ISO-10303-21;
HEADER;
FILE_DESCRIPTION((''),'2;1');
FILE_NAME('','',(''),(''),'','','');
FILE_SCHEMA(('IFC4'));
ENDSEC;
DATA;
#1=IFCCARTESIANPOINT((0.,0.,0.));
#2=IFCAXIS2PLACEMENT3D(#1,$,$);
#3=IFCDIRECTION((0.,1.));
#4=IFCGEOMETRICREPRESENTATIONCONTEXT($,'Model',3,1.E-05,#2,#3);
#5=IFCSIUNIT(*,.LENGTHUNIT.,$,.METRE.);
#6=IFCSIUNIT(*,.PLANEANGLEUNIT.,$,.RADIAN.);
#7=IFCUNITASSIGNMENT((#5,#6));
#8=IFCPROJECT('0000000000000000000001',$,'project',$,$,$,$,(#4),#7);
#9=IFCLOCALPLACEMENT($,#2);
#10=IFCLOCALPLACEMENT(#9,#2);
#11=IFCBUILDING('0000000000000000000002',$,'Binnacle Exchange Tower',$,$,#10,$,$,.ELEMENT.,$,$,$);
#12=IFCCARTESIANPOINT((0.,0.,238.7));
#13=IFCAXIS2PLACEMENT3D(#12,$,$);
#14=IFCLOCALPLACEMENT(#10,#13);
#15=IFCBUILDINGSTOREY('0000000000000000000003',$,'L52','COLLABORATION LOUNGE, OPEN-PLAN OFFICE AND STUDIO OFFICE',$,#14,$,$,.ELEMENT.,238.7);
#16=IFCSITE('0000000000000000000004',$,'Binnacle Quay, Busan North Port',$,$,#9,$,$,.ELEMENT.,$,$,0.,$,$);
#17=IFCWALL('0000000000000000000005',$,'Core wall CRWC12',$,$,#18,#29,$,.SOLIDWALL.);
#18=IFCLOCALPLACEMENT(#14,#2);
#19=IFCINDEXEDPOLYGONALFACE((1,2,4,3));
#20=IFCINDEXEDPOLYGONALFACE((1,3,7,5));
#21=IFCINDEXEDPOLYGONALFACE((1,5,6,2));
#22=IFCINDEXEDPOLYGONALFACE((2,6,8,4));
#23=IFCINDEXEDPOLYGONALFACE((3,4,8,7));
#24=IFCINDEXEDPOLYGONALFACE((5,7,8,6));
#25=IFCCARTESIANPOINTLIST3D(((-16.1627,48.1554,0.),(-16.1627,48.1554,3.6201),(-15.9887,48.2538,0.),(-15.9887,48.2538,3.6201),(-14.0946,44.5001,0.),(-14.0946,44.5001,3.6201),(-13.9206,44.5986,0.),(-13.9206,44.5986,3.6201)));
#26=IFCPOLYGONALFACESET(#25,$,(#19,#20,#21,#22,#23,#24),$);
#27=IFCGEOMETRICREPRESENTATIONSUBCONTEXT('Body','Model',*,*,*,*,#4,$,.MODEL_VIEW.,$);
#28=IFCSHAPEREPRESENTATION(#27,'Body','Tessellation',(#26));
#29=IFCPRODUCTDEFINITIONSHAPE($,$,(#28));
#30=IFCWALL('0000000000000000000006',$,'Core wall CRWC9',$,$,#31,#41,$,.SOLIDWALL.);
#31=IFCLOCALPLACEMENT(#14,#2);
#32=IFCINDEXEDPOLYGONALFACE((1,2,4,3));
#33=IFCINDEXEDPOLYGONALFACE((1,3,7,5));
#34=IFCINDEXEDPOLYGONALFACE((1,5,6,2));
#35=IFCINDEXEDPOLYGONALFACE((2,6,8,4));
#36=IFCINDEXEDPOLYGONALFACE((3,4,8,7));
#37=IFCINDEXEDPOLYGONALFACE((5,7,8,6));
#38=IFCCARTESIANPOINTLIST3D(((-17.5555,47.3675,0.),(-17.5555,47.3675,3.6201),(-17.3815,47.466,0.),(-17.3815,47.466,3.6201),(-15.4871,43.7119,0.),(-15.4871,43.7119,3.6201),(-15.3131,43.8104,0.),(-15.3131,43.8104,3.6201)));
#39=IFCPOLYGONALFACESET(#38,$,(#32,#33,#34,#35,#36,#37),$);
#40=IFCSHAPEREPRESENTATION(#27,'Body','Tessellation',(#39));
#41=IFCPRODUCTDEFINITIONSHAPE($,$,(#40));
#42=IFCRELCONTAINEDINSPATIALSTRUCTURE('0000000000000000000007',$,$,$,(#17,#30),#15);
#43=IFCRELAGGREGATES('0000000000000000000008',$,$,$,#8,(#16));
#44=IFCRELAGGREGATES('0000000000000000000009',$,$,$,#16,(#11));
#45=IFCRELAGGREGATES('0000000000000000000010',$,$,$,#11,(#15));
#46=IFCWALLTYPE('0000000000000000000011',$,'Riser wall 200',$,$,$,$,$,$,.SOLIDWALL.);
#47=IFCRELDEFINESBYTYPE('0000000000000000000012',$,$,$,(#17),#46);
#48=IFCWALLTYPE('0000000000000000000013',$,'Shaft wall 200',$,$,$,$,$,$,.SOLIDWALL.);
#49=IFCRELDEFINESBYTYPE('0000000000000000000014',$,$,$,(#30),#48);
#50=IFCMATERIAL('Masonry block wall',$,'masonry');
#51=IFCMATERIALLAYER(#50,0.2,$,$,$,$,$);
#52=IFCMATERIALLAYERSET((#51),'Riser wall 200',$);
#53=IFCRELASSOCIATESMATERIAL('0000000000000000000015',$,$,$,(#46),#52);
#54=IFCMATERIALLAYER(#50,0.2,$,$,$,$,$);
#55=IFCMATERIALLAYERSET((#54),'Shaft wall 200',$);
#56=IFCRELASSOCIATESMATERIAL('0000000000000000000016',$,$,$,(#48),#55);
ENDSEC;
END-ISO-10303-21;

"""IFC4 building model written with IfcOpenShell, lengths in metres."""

from ifc_helpers import new_model, si_unit, direction, frame, frame_2d, origin, place, context, subcontext, project, spatial, rectangle, extrude, material, layer, layer_set, type_object, element, save


model = new_model("IFC4")

# Units and contexts
model_context = context("Model", 3, precision=1e-05, world=origin(), true_north=direction((0.0, 1.0)))
body_context = subcontext(model_context, "Body", "Model", "MODEL_VIEW")
ifc_project = project(units=[si_unit("LENGTHUNIT", "METRE"), si_unit("PLANEANGLEUNIT", "RADIAN")], contexts=[model_context])

# Site, building, storey
site_placement = place(None, origin())
site = spatial("IfcSite", under=ifc_project, at=site_placement, Name="Binnacle Quay, Busan North Port", CompositionType="ELEMENT", RefElevation=0.0)
building_placement = place(site_placement, origin())
building = spatial("IfcBuilding", under=site, at=building_placement, Name="Binnacle Exchange Tower", CompositionType="ELEMENT")
storey_placement = place(building_placement, frame((0.0, 0.0, 238.7)))
storey = spatial("IfcBuildingStorey", under=building, at=storey_placement, Name="L52", Description="COLLABORATION LOUNGE, OPEN-PLAN OFFICE AND STUDIO OFFICE", CompositionType="ELEMENT", Elevation=238.7)

# Walls
ifc_material_1 = material(Name="Masonry block wall", Category="masonry")
ifc_layer_1 = layer(ifc_material_1, 0.2)
ifc_layer_set_1 = layer_set([ifc_layer_1], Name="Riser wall 200")
wall_type_1 = type_object("IfcWallType", Name="Riser wall 200", PredefinedType="SOLIDWALL", material=ifc_layer_set_1)
wall_1_placement = place(storey_placement, frame((-16.0757, 48.2046, 0.0), z_axis=(0.0, 0.0, 1.0), x_axis=(0.492435, -0.870349, 0.0)))
element("IfcWall", 1, at=wall_1_placement, inside=storey, type_object=wall_type_1, Name="Core wall CRWC12", PredefinedType="SOLIDWALL", context=body_context, shape_type="SweptSolid", body=[
    extrude(rectangle(XDim=4.1997, YDim=0.2, at=frame_2d((2.0999, 0.0))), origin(), (0.0, 0.0, 1.0), 3.6201),
])
ifc_layer_2 = layer(ifc_material_1, 0.2)
ifc_layer_set_2 = layer_set([ifc_layer_2], Name="Shaft wall 200")
wall_type_2 = type_object("IfcWallType", Name="Shaft wall 200", PredefinedType="SOLIDWALL", material=ifc_layer_set_2)
wall_2_placement = place(storey_placement, frame((-17.4685, 47.4167, 0.0), z_axis=(0.0, 0.0, 1.0), x_axis=(0.492454, -0.870339, 0.0)))
element("IfcWall", 2, at=wall_2_placement, inside=storey, type_object=wall_type_2, Name="Core wall CRWC9", PredefinedType="SOLIDWALL", context=body_context, shape_type="SweptSolid", body=[
    extrude(rectangle(XDim=4.2002, YDim=0.2, at=frame_2d((2.1001, 0.0))), origin(), (0.0, 0.0, 1.0), 3.6201),
])

save(model, "model.ifc")
